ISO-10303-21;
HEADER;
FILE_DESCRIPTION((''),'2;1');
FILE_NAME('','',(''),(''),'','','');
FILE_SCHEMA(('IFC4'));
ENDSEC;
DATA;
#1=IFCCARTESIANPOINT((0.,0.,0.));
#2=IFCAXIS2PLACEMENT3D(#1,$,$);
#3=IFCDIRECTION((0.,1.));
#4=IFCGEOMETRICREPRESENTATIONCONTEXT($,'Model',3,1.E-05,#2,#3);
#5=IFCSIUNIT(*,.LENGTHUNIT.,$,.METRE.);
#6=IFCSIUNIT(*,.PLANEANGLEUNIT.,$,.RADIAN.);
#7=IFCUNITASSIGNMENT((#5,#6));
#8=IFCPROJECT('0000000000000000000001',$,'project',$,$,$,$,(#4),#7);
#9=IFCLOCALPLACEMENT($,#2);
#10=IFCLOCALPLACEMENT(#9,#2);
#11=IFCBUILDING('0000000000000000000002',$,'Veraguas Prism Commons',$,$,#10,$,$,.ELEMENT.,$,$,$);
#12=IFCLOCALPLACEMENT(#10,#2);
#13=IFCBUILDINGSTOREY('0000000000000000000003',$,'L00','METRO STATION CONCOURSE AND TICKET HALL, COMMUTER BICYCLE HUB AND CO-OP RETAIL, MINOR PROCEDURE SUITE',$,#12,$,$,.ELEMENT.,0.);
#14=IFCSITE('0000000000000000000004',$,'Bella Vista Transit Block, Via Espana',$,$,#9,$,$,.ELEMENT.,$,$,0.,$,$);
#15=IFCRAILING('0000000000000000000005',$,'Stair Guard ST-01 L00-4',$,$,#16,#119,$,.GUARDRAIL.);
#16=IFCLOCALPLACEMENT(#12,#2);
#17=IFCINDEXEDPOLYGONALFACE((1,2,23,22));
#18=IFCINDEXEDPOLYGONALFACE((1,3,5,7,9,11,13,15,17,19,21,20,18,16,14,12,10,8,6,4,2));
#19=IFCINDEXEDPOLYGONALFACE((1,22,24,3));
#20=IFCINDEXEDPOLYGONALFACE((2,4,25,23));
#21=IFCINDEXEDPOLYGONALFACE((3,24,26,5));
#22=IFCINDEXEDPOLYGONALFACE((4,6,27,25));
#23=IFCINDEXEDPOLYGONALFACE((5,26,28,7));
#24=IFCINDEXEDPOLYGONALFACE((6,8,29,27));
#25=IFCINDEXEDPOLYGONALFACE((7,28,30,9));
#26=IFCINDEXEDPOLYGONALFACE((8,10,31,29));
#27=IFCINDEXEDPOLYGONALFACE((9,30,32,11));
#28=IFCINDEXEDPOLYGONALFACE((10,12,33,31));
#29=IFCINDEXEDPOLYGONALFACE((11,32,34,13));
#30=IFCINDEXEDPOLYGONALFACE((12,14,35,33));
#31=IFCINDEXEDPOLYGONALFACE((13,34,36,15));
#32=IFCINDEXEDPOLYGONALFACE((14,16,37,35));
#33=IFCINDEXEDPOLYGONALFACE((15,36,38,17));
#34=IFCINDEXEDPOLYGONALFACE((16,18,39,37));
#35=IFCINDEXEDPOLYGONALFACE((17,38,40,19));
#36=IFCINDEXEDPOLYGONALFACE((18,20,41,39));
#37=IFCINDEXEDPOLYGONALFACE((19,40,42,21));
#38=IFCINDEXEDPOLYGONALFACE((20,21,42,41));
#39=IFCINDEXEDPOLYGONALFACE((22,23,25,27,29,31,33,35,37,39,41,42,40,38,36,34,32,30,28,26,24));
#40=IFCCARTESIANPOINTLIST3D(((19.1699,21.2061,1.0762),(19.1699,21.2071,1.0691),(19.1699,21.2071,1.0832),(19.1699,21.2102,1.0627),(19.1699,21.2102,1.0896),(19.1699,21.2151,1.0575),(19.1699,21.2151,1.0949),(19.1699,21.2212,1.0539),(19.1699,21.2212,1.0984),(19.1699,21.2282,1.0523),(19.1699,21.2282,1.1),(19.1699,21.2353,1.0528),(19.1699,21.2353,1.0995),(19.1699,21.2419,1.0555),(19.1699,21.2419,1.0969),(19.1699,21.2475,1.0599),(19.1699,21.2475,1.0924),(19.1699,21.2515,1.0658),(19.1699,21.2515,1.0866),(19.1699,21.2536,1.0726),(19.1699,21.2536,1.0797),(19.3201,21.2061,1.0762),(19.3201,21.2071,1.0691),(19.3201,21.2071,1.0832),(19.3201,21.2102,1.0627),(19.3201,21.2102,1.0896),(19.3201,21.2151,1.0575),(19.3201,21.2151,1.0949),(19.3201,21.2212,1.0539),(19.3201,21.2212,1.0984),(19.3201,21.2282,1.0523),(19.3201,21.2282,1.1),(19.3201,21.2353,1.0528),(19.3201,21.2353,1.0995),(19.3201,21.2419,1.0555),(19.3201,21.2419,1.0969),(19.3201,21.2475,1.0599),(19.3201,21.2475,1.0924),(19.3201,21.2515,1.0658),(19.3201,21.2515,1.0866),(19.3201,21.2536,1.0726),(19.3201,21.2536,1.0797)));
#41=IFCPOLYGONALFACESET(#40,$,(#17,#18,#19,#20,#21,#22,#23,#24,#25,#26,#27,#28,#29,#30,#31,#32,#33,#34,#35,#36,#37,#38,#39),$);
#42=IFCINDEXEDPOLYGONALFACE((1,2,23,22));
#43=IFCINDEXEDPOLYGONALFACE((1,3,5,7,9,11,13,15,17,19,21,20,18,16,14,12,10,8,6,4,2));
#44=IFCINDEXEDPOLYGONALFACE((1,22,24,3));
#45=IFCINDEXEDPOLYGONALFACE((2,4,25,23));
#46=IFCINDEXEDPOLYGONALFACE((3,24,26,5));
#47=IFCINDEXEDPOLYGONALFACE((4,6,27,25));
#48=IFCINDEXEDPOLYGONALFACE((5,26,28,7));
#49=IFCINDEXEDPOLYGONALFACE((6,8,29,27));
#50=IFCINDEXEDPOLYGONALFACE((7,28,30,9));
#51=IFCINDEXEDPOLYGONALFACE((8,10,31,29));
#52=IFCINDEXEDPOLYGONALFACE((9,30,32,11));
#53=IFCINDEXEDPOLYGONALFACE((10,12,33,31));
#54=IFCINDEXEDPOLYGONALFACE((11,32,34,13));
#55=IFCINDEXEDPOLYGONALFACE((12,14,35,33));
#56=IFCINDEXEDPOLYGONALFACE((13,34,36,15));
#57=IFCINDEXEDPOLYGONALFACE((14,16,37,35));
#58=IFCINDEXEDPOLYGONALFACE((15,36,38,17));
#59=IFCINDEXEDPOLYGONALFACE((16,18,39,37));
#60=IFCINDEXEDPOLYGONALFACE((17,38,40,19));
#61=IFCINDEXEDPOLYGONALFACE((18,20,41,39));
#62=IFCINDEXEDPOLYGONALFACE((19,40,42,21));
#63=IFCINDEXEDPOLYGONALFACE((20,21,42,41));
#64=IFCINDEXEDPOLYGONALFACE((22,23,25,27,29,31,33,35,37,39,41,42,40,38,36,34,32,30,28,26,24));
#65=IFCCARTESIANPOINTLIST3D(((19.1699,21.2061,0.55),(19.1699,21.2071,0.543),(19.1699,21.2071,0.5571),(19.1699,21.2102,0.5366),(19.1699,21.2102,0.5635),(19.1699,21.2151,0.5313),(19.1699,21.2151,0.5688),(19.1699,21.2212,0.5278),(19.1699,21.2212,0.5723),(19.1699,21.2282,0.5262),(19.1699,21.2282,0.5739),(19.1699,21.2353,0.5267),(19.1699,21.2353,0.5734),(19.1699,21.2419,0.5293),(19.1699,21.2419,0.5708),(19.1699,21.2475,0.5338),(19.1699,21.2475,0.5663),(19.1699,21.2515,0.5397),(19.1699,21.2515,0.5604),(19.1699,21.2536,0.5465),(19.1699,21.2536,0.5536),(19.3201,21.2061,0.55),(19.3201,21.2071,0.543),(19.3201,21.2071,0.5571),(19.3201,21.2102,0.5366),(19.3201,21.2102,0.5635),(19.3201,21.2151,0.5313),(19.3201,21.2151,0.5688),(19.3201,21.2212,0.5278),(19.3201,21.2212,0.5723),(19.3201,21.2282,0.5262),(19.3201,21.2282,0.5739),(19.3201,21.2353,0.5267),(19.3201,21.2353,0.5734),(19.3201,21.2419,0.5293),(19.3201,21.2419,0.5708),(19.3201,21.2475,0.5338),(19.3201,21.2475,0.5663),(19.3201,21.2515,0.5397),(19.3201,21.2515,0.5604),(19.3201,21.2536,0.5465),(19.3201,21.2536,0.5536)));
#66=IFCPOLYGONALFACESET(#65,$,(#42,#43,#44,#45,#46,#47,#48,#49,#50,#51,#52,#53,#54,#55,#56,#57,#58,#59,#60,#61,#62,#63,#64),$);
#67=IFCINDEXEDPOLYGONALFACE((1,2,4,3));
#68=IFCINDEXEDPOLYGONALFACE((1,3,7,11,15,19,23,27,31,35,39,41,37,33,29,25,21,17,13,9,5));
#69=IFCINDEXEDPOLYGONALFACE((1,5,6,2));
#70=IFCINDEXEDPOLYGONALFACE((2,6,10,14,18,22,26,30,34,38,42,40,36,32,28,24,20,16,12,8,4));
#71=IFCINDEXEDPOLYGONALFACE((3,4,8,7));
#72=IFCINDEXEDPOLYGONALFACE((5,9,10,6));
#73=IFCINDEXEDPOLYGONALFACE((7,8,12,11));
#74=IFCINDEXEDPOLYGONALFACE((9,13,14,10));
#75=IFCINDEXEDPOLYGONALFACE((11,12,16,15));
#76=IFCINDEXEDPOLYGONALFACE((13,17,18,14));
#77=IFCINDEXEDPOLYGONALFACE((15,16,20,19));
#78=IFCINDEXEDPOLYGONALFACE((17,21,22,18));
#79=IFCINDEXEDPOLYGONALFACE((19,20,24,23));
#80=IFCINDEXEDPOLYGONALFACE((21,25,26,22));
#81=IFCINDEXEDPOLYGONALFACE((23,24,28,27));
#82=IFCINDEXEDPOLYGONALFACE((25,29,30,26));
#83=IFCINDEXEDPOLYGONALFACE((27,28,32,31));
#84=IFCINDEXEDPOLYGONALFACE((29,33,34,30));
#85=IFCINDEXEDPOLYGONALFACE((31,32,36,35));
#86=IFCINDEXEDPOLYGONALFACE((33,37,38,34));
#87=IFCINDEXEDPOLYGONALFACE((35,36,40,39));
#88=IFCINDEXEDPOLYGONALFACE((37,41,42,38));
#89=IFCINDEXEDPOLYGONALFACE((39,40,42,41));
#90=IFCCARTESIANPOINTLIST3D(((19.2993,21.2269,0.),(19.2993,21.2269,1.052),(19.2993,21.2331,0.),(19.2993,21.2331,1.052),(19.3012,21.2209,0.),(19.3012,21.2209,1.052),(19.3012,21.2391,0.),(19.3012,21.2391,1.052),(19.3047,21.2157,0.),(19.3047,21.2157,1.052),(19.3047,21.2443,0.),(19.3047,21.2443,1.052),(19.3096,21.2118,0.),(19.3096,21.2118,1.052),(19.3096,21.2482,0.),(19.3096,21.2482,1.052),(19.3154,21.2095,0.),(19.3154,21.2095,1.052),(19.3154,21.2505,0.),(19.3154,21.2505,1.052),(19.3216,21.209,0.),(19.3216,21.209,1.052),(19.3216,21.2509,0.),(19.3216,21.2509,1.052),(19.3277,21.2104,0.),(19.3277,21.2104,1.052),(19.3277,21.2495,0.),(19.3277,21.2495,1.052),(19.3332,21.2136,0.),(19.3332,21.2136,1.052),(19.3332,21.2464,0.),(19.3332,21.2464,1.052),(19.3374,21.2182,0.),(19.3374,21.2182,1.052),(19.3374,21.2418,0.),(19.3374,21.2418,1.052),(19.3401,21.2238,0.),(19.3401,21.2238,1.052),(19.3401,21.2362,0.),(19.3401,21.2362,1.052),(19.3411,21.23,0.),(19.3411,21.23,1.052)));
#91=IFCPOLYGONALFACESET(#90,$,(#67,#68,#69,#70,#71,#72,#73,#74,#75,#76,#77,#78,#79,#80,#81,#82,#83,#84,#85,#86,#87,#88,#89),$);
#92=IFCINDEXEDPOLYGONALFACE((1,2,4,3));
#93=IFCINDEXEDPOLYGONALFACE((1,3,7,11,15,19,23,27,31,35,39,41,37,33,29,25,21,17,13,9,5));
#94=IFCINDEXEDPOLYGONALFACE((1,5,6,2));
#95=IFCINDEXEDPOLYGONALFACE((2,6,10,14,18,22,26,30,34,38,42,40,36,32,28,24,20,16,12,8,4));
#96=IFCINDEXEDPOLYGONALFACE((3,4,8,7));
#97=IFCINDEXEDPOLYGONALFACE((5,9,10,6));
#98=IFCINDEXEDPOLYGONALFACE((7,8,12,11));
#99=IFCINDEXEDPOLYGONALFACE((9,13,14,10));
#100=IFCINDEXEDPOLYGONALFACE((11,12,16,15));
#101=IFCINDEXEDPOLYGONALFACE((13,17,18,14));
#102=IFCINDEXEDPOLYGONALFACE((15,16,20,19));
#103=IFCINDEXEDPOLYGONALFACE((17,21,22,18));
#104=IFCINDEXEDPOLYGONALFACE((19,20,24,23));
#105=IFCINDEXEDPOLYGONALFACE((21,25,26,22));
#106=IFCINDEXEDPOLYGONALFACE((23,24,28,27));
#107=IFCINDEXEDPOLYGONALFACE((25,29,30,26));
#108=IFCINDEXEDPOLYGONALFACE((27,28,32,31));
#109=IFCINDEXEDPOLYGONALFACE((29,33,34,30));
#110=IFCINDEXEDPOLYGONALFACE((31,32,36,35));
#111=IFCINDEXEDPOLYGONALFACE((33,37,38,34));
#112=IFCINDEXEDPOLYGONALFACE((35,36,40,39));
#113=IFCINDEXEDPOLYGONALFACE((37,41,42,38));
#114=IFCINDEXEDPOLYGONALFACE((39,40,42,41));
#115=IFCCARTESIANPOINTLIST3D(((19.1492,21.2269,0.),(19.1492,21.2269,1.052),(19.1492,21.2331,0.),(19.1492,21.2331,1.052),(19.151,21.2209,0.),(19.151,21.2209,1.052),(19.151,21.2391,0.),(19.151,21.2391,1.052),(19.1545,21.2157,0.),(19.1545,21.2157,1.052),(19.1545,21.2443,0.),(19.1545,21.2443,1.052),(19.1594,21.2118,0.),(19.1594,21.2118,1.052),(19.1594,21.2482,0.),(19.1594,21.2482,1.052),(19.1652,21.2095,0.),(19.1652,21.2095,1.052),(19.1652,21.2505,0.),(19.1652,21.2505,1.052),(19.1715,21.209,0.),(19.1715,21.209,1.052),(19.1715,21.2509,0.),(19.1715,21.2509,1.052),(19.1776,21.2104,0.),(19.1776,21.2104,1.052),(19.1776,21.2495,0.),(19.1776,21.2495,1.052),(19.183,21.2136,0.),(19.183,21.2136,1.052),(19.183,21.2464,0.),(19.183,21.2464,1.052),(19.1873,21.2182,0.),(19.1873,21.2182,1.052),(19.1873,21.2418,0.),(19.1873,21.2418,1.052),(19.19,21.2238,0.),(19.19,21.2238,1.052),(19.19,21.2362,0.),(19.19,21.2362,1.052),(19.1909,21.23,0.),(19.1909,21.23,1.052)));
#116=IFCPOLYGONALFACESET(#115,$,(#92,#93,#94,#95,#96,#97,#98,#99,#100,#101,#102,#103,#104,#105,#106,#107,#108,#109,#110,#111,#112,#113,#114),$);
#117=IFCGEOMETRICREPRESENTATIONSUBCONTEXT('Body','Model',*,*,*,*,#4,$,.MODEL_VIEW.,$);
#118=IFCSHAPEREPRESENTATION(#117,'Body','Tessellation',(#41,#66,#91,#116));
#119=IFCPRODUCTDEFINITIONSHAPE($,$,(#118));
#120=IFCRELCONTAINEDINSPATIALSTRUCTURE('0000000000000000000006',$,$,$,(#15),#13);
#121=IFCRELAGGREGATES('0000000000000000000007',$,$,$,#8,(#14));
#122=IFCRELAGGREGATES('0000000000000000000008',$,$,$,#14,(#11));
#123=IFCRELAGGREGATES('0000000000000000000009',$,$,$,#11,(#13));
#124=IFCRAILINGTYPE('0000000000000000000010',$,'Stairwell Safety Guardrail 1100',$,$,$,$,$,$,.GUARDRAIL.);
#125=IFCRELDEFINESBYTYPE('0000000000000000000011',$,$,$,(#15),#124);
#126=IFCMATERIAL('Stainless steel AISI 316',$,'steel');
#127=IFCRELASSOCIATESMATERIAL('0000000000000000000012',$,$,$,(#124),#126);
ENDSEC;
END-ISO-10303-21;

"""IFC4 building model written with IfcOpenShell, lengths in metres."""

from ifc_helpers import new_model, si_unit, direction, frame, origin, origin_2d, place, context, subcontext, project, spatial, circle, extrude, material, type_object, element, save


model = new_model("IFC4")

# Units and contexts
model_context = context("Model", 3, precision=1e-05, world=origin(), true_north=direction((0.0, 1.0)))
body_context = subcontext(model_context, "Body", "Model", "MODEL_VIEW")
ifc_project = project(units=[si_unit("LENGTHUNIT", "METRE"), si_unit("PLANEANGLEUNIT", "RADIAN")], contexts=[model_context])

# Site, building, storey
site_placement = place(None, origin())
site = spatial("IfcSite", under=ifc_project, at=site_placement, Name="Bella Vista Transit Block, Via Espana", CompositionType="ELEMENT", RefElevation=0.0)
building_placement = place(site_placement, origin())
building = spatial("IfcBuilding", under=site, at=building_placement, Name="Veraguas Prism Commons", CompositionType="ELEMENT")
storey_placement = place(building_placement, origin())
storey = spatial("IfcBuildingStorey", under=building, at=storey_placement, Name="L00", Description="METRO STATION CONCOURSE AND TICKET HALL, COMMUTER BICYCLE HUB AND CO-OP RETAIL, MINOR PROCEDURE SUITE", CompositionType="ELEMENT", Elevation=0.0)

# Shared definitions
ifc_material_1 = material(Name="Stainless steel AISI 316", Category="steel")

# Railing
railing_type_1 = type_object("IfcRailingType", Name="Stairwell Safety Guardrail 1100", PredefinedType="GUARDRAIL", material=ifc_material_1)
railing_1_placement = place(storey_placement, frame((19.3201, 21.23, 0.0)))
element("IfcRailing", 1, at=railing_1_placement, inside=storey, type_object=railing_type_1, Name="Stair Guard ST-01 L00-4", PredefinedType="GUARDRAIL", context=body_context, shape_type="SweptSolid", body=[
    extrude(circle(Radius=0.0239, at=origin_2d()), frame((0.0, 0.0, 1.0762), z_axis=(-1.0, 0.0, 0.0), x_axis=(0.0, -1.0, 0.0)), (0.0, 0.0, 1.0), 0.1501),
    extrude(circle(Radius=0.0239, at=origin_2d()), frame((0.0, 0.0, 0.55), z_axis=(-1.0, 0.0, 0.0), x_axis=(0.0, -1.0, 0.0)), (0.0, 0.0, 1.0), 0.1501),
    extrude(circle(Radius=0.021, at=origin_2d()), origin(), (0.0, 0.0, 1.0), 1.052),
    extrude(circle(Radius=0.021, at=origin_2d()), frame((-0.1501, 0.0, 0.0)), (0.0, 0.0, 1.0), 1.052),
])

save(model, "model.ifc")
